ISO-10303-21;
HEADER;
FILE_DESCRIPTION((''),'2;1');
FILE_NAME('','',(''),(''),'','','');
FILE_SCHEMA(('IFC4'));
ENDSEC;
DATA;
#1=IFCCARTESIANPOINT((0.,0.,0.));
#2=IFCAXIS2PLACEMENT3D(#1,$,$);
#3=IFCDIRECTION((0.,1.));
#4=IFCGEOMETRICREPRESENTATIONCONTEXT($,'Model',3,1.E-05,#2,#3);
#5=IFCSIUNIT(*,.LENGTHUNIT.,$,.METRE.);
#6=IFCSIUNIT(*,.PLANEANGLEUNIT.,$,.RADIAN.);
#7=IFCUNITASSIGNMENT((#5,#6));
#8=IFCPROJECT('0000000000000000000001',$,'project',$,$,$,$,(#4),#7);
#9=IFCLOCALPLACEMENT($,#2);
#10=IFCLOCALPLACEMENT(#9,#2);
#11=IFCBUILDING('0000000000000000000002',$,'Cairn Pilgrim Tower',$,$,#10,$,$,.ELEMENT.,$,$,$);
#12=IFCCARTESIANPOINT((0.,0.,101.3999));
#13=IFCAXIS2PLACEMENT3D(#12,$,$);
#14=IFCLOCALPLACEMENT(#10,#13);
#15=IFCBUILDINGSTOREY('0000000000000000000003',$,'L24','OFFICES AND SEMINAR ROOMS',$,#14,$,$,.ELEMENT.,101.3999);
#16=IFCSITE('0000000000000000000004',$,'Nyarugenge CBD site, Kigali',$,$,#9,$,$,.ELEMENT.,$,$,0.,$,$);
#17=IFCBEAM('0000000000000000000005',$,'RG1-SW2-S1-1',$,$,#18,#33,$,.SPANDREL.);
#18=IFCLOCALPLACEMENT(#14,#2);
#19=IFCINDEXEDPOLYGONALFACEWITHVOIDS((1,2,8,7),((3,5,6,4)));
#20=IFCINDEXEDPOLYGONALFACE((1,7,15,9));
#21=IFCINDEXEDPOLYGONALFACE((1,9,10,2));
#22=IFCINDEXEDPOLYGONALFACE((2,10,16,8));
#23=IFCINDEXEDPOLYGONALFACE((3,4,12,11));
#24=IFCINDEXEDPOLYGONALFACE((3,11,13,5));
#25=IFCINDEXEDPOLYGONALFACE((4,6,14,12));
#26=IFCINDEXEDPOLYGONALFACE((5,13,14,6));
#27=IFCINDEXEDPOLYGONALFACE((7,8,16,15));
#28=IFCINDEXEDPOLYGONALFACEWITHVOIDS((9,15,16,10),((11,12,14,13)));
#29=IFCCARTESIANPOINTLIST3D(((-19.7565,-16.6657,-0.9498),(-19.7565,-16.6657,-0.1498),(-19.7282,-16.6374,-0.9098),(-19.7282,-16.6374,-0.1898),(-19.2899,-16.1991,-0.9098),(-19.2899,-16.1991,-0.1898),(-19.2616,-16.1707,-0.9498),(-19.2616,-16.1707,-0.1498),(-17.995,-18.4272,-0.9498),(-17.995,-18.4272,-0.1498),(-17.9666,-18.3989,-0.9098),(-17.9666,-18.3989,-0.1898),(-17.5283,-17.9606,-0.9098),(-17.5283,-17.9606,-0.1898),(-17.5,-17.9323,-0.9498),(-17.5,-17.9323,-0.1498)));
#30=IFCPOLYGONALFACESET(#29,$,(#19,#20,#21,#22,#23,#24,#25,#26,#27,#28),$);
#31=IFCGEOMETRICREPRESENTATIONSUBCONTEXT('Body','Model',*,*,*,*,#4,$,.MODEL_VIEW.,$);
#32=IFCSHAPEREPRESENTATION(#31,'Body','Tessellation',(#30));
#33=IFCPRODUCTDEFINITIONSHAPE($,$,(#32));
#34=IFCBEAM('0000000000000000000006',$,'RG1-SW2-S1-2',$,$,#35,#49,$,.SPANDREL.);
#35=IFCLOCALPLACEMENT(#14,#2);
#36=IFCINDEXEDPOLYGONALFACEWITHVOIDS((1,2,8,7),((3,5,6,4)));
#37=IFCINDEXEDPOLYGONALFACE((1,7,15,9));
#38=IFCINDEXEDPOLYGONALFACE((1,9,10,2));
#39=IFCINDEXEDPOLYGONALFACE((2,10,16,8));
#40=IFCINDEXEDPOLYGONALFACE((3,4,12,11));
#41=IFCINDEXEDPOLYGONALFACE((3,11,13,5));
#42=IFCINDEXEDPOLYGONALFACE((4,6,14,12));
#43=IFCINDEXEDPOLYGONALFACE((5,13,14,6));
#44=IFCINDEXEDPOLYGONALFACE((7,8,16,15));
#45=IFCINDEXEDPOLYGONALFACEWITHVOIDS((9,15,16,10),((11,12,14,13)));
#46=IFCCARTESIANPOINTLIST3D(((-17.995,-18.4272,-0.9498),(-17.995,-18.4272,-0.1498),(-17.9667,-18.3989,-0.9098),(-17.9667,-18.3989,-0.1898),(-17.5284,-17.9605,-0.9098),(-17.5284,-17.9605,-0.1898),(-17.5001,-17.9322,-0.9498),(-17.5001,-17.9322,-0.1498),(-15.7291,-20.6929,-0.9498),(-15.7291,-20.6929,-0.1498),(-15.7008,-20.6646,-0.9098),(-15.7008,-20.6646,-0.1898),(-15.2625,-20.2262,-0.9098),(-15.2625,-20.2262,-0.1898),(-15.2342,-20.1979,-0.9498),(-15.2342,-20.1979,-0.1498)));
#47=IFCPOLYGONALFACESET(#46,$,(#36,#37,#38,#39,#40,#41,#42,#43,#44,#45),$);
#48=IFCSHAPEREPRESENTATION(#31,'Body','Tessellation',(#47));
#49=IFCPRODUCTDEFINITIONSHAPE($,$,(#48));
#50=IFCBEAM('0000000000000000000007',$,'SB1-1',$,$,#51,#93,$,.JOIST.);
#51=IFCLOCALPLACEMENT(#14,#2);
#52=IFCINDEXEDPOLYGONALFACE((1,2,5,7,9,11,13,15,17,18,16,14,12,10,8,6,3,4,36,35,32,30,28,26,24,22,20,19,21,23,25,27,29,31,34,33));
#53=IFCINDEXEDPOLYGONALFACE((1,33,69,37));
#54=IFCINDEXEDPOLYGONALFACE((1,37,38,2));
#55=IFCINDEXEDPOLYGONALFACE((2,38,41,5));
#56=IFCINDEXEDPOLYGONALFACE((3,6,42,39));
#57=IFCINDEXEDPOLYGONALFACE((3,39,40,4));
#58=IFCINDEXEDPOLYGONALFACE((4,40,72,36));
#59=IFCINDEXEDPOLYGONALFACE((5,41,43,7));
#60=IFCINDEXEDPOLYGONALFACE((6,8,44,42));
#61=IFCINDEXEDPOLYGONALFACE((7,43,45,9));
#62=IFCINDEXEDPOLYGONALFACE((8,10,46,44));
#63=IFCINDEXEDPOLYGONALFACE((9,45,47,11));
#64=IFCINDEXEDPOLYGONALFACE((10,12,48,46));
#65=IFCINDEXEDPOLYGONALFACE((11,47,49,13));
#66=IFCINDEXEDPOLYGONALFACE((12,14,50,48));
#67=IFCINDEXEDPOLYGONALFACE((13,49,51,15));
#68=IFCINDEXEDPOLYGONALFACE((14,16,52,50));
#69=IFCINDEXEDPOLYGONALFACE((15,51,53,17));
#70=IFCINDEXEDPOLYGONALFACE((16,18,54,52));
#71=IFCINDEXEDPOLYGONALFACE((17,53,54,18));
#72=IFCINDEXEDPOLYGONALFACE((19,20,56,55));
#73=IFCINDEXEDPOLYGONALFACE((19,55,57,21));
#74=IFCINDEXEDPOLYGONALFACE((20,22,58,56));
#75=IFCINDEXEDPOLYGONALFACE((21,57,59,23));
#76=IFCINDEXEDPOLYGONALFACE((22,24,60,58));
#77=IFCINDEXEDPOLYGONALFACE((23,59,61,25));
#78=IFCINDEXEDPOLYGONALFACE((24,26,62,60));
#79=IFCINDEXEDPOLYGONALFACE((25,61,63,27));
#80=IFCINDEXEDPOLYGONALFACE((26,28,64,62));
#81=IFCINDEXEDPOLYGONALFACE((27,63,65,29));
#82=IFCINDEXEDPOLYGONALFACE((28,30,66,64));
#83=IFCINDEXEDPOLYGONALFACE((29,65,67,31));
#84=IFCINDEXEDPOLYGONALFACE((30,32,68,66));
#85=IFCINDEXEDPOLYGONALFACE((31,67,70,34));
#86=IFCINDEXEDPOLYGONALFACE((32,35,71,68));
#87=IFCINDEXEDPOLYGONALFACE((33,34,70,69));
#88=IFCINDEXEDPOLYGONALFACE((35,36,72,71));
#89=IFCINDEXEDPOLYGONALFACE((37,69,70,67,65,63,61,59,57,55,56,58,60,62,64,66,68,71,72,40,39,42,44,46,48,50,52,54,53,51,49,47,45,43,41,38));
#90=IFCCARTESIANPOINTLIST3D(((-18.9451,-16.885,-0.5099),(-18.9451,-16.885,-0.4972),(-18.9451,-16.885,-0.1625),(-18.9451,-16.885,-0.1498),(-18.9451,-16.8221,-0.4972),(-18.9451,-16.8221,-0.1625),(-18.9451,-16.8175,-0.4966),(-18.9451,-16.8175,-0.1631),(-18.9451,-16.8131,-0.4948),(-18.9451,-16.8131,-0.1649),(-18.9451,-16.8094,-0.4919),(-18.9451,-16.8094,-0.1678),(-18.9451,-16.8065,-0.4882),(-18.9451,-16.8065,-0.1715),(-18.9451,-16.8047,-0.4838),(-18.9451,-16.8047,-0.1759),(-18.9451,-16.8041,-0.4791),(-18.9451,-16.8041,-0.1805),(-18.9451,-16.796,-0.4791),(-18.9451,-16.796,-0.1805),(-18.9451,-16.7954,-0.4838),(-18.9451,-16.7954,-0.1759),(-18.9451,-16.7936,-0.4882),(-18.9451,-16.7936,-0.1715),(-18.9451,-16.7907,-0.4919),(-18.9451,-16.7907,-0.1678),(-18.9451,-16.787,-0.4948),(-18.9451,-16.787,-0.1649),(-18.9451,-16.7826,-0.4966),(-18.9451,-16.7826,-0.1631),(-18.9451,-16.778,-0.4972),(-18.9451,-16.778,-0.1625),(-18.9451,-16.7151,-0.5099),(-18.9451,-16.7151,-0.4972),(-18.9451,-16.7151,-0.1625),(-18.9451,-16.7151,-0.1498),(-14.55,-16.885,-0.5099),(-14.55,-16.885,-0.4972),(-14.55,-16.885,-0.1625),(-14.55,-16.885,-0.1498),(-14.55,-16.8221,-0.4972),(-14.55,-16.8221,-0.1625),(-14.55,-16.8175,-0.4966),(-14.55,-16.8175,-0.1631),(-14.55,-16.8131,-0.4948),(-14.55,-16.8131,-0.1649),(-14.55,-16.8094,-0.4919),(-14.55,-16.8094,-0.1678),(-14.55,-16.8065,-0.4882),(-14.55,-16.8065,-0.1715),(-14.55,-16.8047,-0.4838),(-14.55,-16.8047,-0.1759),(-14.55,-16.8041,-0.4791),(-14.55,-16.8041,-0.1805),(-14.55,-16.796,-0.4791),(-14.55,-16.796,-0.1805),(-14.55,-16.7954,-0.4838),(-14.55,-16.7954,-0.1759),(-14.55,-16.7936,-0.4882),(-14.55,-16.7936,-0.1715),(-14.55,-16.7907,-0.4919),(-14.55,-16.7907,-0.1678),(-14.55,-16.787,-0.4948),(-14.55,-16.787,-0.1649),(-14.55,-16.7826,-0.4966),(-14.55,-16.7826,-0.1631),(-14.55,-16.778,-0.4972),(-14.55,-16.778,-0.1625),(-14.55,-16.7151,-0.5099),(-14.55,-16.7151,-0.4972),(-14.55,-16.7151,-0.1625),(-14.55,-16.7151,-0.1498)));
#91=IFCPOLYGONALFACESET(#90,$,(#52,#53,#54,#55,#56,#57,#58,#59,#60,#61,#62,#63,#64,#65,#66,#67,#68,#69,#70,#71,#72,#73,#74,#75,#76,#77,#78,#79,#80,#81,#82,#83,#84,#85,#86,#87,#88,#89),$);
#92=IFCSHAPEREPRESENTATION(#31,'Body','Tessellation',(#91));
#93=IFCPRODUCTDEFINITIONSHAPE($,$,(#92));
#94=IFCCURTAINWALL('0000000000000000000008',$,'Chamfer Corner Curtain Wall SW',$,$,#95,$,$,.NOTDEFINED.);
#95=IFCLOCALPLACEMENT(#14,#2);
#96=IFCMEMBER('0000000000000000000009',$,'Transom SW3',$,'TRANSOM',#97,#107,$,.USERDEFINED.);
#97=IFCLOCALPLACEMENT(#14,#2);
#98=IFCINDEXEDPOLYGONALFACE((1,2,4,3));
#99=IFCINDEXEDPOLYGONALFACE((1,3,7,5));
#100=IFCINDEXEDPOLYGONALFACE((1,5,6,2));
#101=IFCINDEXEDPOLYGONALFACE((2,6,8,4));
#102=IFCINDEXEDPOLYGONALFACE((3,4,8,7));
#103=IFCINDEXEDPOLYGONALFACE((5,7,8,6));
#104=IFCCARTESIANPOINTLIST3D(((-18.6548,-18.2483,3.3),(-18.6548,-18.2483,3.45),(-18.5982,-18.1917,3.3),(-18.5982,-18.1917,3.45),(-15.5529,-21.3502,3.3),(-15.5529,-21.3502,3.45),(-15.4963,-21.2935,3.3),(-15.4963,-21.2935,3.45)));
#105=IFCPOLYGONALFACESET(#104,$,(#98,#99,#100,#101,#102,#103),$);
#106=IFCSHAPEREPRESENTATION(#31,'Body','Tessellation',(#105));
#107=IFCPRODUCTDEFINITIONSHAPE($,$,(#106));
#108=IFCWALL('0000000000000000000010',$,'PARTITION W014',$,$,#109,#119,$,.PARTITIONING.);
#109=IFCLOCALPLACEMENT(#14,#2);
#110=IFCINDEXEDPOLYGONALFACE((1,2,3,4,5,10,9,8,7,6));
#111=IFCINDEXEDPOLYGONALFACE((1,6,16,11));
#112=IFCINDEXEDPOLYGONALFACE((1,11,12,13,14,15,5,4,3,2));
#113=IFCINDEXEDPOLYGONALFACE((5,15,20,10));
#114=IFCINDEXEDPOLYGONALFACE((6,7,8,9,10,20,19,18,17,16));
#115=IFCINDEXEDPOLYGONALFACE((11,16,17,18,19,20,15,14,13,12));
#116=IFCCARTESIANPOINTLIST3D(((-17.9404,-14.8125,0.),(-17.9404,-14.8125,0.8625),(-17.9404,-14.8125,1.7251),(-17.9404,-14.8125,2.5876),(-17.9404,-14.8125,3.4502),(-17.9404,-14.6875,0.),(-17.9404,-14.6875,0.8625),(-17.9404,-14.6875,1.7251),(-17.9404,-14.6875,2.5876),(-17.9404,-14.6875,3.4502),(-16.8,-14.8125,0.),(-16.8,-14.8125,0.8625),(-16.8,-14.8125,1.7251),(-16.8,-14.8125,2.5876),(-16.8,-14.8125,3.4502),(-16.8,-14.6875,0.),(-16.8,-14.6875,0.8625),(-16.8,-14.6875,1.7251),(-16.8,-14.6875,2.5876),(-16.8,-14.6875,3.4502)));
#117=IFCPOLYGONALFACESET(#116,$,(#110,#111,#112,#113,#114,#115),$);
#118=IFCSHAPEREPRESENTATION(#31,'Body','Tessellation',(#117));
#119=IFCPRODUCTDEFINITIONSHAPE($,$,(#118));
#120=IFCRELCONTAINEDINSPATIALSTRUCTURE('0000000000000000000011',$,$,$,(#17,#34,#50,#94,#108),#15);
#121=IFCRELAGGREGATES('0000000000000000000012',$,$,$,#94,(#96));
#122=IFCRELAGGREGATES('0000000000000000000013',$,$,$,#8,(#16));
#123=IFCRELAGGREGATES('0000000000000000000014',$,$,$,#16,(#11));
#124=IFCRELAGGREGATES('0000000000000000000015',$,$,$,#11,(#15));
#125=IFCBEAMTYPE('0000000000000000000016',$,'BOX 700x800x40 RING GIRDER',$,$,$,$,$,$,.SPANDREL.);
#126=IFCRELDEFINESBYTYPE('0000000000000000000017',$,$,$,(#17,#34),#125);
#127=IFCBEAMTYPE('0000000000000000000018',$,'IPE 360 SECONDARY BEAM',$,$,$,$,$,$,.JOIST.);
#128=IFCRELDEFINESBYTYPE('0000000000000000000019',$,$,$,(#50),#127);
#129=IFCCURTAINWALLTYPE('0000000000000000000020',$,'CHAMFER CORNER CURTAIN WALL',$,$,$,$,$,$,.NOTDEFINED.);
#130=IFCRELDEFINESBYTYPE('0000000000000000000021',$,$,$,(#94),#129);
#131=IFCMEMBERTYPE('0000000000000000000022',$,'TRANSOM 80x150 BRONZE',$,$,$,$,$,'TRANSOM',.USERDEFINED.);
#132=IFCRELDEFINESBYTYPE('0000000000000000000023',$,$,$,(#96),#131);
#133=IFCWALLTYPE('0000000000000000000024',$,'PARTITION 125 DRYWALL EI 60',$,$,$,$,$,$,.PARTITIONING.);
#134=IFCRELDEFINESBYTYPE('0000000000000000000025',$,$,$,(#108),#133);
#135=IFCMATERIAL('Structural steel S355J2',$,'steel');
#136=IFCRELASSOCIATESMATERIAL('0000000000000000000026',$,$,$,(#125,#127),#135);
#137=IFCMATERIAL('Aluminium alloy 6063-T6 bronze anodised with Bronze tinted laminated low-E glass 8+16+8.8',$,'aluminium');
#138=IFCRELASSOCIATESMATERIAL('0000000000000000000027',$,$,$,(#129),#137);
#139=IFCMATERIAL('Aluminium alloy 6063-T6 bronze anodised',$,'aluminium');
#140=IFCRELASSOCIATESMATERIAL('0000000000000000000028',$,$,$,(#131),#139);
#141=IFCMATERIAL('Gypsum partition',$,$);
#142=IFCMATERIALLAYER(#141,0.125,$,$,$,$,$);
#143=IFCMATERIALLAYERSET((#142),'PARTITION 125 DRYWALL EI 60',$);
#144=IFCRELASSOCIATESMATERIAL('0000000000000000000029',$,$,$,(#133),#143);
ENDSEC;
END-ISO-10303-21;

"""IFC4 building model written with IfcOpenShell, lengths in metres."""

from ifc_helpers import new_model, si_unit, direction, frame, origin, origin_2d, place, context, subcontext, project, spatial, polyline, rectangle, hollow_rectangle, i_section, outline, extrude, material, layer, layer_set, material_profile, profile_set, type_object, element, aggregate, save


model = new_model("IFC4")

# Units and contexts
model_context = context("Model", 3, precision=1e-05, world=origin(), true_north=direction((0.0, 1.0)))
body_context = subcontext(model_context, "Body", "Model", "MODEL_VIEW")
ifc_project = project(units=[si_unit("LENGTHUNIT", "METRE"), si_unit("PLANEANGLEUNIT", "RADIAN")], contexts=[model_context])

# Site, building, storey
site_placement = place(None, origin())
site = spatial("IfcSite", under=ifc_project, at=site_placement, Name="Nyarugenge CBD site, Kigali", CompositionType="ELEMENT", RefElevation=0.0)
building_placement = place(site_placement, origin())
building = spatial("IfcBuilding", under=site, at=building_placement, Name="Cairn Pilgrim Tower", CompositionType="ELEMENT")
storey_placement = place(building_placement, frame((0.0, 0.0, 101.3999)))
storey = spatial("IfcBuildingStorey", under=building, at=storey_placement, Name="L24", Description="OFFICES AND SEMINAR ROOMS", CompositionType="ELEMENT", Elevation=101.3999)

# Beams
ifc_material_1 = material(Name="Structural steel S355J2", Category="steel")
ifc_material_profile_1 = material_profile(ifc_material_1, hollow_rectangle(XDim=0.7, YDim=0.8, WallThickness=0.04, at=origin_2d()), Name="BOX 700x800x40")
ifc_profile_set_1 = profile_set([ifc_material_profile_1], Name="Structural steel S355J2")
beam_type_1 = type_object("IfcBeamType", Name="BOX 700x800x40 RING GIRDER", PredefinedType="SPANDREL", material=ifc_profile_set_1)
beam_1_placement = place(storey_placement, frame((-19.509, -16.4182, -0.5498), z_axis=(0.707107, -0.707107, 0.0), x_axis=(0.707107, 0.707107, 0.0)))
element("IfcBeam", 1, at=beam_1_placement, inside=storey, type_object=beam_type_1, Name="RG1-SW2-S1-1", PredefinedType="SPANDREL", context=body_context, shape_type="SweptSolid", body=[
    extrude(hollow_rectangle(XDim=0.7, YDim=0.8, WallThickness=0.04, at=origin_2d()), origin(), (0.0, 0.0, 1.0), 2.4912),
])
beam_2_placement = place(storey_placement, frame((-17.7476, -18.1797, -0.5498), z_axis=(0.707145, -0.707069, 0.0), x_axis=(0.707069, 0.707145, 0.0)))
element("IfcBeam", 2, at=beam_2_placement, inside=storey, type_object=beam_type_1, Name="RG1-SW2-S1-2", PredefinedType="SPANDREL", context=body_context, shape_type="SweptSolid", body=[
    extrude(hollow_rectangle(XDim=0.7, YDim=0.8, WallThickness=0.04, at=origin_2d()), origin(), (0.0, 0.0, 1.0), 3.2043),
])
ifc_material_profile_2 = material_profile(ifc_material_1, i_section(OverallWidth=0.1699, OverallDepth=0.3601, WebThickness=0.0081, FlangeThickness=0.0127, FilletRadius=0.0181, at=origin_2d()), Name="IPE 360")
ifc_profile_set_2 = profile_set([ifc_material_profile_2], Name="Structural steel S355J2")
beam_type_2 = type_object("IfcBeamType", Name="IPE 360 SECONDARY BEAM", PredefinedType="JOIST", material=ifc_profile_set_2)
beam_3_placement = place(storey_placement, frame((-18.9451, -16.8, -0.3298), z_axis=(1.0, 0.0, 0.0), x_axis=(0.0, 1.0, 0.0)))
element("IfcBeam", 3, at=beam_3_placement, inside=storey, type_object=beam_type_2, Name="SB1-1", PredefinedType="JOIST", context=body_context, shape_type="SweptSolid", body=[
    extrude(i_section(OverallWidth=0.1699, OverallDepth=0.3601, WebThickness=0.0081, FlangeThickness=0.0127, FilletRadius=0.0181, at=origin_2d()), origin(), (0.0, 0.0, 1.0), 4.395),
])

# Curtain wall, member
ifc_material_2 = material(Name="Aluminium alloy 6063-T6 bronze anodised with Bronze tinted laminated low-E glass 8+16+8.8", Category="aluminium")
curtain_wall_type = type_object("IfcCurtainWallType", Name="CHAMFER CORNER CURTAIN WALL", PredefinedType="NOTDEFINED", material=ifc_material_2)
curtain_wall_placement = place(storey_placement, origin())
curtain_wall = element("IfcCurtainWall", 4, at=curtain_wall_placement, inside=storey, type_object=curtain_wall_type, Name="Chamfer Corner Curtain Wall SW", PredefinedType="NOTDEFINED")
ifc_material_3 = material(Name="Aluminium alloy 6063-T6 bronze anodised", Category="aluminium")
ifc_material_profile_3 = material_profile(ifc_material_3, rectangle(XDim=0.0801, YDim=0.1499, at=origin_2d()), Name="TRANSOM 80x150 BRONZE")
ifc_profile_set_3 = profile_set([ifc_material_profile_3], Name="Aluminium alloy 6063-T6 bronze anodised")
member_type = type_object("IfcMemberType", Name="TRANSOM 80x150 BRONZE", ElementType="TRANSOM", PredefinedType="USERDEFINED", material=ifc_profile_set_3)
member_placement = place(storey_placement, frame((-18.6265, -18.22, 3.375), z_axis=(0.707107, -0.707107, 0.0), x_axis=(0.707107, 0.707107, 0.0)))
member = element("IfcMember", 5, at=member_placement, type_object=member_type, Name="Transom SW3", ObjectType="TRANSOM", PredefinedType="USERDEFINED", context=body_context, shape_type="SweptSolid", body=[
    extrude(rectangle(XDim=0.0801, YDim=0.1499, at=origin_2d()), origin(), (0.0, 0.0, 1.0), 4.3867),
])
aggregate(curtain_wall, [member])

# Wall
ifc_material_4 = material(Name="Gypsum partition")
ifc_layer = layer(ifc_material_4, 0.125)
ifc_layer_set = layer_set([ifc_layer], Name="PARTITION 125 DRYWALL EI 60")
wall_type = type_object("IfcWallType", Name="PARTITION 125 DRYWALL EI 60", PredefinedType="PARTITIONING", material=ifc_layer_set)
wall_1_placement = place(storey_placement, frame((-17.9404, -14.75, 0.0), z_axis=(0.0, 0.0, 1.0), x_axis=(1.0, 0.0, 0.0)))
element("IfcWall", 6, at=wall_1_placement, inside=storey, type_object=wall_type, Name="PARTITION W014", PredefinedType="PARTITIONING", context=body_context, shape_type="SweptSolid", body=[
    extrude(outline(polyline([(0.0, 0.0), (1.1404, 0.0), (1.1404, 0.8625), (1.1404, 1.7251), (1.1404, 2.5876), (1.1404, 3.4502), (0.0, 3.4502), (0.0, 2.5876), (0.0, 1.7251), (0.0, 0.8625), (0.0, 0.0)])), frame((0.0, 0.0625, 0.0), z_axis=(0.0, -1.0, 0.0), x_axis=(1.0, 0.0, 0.0)), (0.0, 0.0, 1.0), 0.125),
])

save(model, "model.ifc")
